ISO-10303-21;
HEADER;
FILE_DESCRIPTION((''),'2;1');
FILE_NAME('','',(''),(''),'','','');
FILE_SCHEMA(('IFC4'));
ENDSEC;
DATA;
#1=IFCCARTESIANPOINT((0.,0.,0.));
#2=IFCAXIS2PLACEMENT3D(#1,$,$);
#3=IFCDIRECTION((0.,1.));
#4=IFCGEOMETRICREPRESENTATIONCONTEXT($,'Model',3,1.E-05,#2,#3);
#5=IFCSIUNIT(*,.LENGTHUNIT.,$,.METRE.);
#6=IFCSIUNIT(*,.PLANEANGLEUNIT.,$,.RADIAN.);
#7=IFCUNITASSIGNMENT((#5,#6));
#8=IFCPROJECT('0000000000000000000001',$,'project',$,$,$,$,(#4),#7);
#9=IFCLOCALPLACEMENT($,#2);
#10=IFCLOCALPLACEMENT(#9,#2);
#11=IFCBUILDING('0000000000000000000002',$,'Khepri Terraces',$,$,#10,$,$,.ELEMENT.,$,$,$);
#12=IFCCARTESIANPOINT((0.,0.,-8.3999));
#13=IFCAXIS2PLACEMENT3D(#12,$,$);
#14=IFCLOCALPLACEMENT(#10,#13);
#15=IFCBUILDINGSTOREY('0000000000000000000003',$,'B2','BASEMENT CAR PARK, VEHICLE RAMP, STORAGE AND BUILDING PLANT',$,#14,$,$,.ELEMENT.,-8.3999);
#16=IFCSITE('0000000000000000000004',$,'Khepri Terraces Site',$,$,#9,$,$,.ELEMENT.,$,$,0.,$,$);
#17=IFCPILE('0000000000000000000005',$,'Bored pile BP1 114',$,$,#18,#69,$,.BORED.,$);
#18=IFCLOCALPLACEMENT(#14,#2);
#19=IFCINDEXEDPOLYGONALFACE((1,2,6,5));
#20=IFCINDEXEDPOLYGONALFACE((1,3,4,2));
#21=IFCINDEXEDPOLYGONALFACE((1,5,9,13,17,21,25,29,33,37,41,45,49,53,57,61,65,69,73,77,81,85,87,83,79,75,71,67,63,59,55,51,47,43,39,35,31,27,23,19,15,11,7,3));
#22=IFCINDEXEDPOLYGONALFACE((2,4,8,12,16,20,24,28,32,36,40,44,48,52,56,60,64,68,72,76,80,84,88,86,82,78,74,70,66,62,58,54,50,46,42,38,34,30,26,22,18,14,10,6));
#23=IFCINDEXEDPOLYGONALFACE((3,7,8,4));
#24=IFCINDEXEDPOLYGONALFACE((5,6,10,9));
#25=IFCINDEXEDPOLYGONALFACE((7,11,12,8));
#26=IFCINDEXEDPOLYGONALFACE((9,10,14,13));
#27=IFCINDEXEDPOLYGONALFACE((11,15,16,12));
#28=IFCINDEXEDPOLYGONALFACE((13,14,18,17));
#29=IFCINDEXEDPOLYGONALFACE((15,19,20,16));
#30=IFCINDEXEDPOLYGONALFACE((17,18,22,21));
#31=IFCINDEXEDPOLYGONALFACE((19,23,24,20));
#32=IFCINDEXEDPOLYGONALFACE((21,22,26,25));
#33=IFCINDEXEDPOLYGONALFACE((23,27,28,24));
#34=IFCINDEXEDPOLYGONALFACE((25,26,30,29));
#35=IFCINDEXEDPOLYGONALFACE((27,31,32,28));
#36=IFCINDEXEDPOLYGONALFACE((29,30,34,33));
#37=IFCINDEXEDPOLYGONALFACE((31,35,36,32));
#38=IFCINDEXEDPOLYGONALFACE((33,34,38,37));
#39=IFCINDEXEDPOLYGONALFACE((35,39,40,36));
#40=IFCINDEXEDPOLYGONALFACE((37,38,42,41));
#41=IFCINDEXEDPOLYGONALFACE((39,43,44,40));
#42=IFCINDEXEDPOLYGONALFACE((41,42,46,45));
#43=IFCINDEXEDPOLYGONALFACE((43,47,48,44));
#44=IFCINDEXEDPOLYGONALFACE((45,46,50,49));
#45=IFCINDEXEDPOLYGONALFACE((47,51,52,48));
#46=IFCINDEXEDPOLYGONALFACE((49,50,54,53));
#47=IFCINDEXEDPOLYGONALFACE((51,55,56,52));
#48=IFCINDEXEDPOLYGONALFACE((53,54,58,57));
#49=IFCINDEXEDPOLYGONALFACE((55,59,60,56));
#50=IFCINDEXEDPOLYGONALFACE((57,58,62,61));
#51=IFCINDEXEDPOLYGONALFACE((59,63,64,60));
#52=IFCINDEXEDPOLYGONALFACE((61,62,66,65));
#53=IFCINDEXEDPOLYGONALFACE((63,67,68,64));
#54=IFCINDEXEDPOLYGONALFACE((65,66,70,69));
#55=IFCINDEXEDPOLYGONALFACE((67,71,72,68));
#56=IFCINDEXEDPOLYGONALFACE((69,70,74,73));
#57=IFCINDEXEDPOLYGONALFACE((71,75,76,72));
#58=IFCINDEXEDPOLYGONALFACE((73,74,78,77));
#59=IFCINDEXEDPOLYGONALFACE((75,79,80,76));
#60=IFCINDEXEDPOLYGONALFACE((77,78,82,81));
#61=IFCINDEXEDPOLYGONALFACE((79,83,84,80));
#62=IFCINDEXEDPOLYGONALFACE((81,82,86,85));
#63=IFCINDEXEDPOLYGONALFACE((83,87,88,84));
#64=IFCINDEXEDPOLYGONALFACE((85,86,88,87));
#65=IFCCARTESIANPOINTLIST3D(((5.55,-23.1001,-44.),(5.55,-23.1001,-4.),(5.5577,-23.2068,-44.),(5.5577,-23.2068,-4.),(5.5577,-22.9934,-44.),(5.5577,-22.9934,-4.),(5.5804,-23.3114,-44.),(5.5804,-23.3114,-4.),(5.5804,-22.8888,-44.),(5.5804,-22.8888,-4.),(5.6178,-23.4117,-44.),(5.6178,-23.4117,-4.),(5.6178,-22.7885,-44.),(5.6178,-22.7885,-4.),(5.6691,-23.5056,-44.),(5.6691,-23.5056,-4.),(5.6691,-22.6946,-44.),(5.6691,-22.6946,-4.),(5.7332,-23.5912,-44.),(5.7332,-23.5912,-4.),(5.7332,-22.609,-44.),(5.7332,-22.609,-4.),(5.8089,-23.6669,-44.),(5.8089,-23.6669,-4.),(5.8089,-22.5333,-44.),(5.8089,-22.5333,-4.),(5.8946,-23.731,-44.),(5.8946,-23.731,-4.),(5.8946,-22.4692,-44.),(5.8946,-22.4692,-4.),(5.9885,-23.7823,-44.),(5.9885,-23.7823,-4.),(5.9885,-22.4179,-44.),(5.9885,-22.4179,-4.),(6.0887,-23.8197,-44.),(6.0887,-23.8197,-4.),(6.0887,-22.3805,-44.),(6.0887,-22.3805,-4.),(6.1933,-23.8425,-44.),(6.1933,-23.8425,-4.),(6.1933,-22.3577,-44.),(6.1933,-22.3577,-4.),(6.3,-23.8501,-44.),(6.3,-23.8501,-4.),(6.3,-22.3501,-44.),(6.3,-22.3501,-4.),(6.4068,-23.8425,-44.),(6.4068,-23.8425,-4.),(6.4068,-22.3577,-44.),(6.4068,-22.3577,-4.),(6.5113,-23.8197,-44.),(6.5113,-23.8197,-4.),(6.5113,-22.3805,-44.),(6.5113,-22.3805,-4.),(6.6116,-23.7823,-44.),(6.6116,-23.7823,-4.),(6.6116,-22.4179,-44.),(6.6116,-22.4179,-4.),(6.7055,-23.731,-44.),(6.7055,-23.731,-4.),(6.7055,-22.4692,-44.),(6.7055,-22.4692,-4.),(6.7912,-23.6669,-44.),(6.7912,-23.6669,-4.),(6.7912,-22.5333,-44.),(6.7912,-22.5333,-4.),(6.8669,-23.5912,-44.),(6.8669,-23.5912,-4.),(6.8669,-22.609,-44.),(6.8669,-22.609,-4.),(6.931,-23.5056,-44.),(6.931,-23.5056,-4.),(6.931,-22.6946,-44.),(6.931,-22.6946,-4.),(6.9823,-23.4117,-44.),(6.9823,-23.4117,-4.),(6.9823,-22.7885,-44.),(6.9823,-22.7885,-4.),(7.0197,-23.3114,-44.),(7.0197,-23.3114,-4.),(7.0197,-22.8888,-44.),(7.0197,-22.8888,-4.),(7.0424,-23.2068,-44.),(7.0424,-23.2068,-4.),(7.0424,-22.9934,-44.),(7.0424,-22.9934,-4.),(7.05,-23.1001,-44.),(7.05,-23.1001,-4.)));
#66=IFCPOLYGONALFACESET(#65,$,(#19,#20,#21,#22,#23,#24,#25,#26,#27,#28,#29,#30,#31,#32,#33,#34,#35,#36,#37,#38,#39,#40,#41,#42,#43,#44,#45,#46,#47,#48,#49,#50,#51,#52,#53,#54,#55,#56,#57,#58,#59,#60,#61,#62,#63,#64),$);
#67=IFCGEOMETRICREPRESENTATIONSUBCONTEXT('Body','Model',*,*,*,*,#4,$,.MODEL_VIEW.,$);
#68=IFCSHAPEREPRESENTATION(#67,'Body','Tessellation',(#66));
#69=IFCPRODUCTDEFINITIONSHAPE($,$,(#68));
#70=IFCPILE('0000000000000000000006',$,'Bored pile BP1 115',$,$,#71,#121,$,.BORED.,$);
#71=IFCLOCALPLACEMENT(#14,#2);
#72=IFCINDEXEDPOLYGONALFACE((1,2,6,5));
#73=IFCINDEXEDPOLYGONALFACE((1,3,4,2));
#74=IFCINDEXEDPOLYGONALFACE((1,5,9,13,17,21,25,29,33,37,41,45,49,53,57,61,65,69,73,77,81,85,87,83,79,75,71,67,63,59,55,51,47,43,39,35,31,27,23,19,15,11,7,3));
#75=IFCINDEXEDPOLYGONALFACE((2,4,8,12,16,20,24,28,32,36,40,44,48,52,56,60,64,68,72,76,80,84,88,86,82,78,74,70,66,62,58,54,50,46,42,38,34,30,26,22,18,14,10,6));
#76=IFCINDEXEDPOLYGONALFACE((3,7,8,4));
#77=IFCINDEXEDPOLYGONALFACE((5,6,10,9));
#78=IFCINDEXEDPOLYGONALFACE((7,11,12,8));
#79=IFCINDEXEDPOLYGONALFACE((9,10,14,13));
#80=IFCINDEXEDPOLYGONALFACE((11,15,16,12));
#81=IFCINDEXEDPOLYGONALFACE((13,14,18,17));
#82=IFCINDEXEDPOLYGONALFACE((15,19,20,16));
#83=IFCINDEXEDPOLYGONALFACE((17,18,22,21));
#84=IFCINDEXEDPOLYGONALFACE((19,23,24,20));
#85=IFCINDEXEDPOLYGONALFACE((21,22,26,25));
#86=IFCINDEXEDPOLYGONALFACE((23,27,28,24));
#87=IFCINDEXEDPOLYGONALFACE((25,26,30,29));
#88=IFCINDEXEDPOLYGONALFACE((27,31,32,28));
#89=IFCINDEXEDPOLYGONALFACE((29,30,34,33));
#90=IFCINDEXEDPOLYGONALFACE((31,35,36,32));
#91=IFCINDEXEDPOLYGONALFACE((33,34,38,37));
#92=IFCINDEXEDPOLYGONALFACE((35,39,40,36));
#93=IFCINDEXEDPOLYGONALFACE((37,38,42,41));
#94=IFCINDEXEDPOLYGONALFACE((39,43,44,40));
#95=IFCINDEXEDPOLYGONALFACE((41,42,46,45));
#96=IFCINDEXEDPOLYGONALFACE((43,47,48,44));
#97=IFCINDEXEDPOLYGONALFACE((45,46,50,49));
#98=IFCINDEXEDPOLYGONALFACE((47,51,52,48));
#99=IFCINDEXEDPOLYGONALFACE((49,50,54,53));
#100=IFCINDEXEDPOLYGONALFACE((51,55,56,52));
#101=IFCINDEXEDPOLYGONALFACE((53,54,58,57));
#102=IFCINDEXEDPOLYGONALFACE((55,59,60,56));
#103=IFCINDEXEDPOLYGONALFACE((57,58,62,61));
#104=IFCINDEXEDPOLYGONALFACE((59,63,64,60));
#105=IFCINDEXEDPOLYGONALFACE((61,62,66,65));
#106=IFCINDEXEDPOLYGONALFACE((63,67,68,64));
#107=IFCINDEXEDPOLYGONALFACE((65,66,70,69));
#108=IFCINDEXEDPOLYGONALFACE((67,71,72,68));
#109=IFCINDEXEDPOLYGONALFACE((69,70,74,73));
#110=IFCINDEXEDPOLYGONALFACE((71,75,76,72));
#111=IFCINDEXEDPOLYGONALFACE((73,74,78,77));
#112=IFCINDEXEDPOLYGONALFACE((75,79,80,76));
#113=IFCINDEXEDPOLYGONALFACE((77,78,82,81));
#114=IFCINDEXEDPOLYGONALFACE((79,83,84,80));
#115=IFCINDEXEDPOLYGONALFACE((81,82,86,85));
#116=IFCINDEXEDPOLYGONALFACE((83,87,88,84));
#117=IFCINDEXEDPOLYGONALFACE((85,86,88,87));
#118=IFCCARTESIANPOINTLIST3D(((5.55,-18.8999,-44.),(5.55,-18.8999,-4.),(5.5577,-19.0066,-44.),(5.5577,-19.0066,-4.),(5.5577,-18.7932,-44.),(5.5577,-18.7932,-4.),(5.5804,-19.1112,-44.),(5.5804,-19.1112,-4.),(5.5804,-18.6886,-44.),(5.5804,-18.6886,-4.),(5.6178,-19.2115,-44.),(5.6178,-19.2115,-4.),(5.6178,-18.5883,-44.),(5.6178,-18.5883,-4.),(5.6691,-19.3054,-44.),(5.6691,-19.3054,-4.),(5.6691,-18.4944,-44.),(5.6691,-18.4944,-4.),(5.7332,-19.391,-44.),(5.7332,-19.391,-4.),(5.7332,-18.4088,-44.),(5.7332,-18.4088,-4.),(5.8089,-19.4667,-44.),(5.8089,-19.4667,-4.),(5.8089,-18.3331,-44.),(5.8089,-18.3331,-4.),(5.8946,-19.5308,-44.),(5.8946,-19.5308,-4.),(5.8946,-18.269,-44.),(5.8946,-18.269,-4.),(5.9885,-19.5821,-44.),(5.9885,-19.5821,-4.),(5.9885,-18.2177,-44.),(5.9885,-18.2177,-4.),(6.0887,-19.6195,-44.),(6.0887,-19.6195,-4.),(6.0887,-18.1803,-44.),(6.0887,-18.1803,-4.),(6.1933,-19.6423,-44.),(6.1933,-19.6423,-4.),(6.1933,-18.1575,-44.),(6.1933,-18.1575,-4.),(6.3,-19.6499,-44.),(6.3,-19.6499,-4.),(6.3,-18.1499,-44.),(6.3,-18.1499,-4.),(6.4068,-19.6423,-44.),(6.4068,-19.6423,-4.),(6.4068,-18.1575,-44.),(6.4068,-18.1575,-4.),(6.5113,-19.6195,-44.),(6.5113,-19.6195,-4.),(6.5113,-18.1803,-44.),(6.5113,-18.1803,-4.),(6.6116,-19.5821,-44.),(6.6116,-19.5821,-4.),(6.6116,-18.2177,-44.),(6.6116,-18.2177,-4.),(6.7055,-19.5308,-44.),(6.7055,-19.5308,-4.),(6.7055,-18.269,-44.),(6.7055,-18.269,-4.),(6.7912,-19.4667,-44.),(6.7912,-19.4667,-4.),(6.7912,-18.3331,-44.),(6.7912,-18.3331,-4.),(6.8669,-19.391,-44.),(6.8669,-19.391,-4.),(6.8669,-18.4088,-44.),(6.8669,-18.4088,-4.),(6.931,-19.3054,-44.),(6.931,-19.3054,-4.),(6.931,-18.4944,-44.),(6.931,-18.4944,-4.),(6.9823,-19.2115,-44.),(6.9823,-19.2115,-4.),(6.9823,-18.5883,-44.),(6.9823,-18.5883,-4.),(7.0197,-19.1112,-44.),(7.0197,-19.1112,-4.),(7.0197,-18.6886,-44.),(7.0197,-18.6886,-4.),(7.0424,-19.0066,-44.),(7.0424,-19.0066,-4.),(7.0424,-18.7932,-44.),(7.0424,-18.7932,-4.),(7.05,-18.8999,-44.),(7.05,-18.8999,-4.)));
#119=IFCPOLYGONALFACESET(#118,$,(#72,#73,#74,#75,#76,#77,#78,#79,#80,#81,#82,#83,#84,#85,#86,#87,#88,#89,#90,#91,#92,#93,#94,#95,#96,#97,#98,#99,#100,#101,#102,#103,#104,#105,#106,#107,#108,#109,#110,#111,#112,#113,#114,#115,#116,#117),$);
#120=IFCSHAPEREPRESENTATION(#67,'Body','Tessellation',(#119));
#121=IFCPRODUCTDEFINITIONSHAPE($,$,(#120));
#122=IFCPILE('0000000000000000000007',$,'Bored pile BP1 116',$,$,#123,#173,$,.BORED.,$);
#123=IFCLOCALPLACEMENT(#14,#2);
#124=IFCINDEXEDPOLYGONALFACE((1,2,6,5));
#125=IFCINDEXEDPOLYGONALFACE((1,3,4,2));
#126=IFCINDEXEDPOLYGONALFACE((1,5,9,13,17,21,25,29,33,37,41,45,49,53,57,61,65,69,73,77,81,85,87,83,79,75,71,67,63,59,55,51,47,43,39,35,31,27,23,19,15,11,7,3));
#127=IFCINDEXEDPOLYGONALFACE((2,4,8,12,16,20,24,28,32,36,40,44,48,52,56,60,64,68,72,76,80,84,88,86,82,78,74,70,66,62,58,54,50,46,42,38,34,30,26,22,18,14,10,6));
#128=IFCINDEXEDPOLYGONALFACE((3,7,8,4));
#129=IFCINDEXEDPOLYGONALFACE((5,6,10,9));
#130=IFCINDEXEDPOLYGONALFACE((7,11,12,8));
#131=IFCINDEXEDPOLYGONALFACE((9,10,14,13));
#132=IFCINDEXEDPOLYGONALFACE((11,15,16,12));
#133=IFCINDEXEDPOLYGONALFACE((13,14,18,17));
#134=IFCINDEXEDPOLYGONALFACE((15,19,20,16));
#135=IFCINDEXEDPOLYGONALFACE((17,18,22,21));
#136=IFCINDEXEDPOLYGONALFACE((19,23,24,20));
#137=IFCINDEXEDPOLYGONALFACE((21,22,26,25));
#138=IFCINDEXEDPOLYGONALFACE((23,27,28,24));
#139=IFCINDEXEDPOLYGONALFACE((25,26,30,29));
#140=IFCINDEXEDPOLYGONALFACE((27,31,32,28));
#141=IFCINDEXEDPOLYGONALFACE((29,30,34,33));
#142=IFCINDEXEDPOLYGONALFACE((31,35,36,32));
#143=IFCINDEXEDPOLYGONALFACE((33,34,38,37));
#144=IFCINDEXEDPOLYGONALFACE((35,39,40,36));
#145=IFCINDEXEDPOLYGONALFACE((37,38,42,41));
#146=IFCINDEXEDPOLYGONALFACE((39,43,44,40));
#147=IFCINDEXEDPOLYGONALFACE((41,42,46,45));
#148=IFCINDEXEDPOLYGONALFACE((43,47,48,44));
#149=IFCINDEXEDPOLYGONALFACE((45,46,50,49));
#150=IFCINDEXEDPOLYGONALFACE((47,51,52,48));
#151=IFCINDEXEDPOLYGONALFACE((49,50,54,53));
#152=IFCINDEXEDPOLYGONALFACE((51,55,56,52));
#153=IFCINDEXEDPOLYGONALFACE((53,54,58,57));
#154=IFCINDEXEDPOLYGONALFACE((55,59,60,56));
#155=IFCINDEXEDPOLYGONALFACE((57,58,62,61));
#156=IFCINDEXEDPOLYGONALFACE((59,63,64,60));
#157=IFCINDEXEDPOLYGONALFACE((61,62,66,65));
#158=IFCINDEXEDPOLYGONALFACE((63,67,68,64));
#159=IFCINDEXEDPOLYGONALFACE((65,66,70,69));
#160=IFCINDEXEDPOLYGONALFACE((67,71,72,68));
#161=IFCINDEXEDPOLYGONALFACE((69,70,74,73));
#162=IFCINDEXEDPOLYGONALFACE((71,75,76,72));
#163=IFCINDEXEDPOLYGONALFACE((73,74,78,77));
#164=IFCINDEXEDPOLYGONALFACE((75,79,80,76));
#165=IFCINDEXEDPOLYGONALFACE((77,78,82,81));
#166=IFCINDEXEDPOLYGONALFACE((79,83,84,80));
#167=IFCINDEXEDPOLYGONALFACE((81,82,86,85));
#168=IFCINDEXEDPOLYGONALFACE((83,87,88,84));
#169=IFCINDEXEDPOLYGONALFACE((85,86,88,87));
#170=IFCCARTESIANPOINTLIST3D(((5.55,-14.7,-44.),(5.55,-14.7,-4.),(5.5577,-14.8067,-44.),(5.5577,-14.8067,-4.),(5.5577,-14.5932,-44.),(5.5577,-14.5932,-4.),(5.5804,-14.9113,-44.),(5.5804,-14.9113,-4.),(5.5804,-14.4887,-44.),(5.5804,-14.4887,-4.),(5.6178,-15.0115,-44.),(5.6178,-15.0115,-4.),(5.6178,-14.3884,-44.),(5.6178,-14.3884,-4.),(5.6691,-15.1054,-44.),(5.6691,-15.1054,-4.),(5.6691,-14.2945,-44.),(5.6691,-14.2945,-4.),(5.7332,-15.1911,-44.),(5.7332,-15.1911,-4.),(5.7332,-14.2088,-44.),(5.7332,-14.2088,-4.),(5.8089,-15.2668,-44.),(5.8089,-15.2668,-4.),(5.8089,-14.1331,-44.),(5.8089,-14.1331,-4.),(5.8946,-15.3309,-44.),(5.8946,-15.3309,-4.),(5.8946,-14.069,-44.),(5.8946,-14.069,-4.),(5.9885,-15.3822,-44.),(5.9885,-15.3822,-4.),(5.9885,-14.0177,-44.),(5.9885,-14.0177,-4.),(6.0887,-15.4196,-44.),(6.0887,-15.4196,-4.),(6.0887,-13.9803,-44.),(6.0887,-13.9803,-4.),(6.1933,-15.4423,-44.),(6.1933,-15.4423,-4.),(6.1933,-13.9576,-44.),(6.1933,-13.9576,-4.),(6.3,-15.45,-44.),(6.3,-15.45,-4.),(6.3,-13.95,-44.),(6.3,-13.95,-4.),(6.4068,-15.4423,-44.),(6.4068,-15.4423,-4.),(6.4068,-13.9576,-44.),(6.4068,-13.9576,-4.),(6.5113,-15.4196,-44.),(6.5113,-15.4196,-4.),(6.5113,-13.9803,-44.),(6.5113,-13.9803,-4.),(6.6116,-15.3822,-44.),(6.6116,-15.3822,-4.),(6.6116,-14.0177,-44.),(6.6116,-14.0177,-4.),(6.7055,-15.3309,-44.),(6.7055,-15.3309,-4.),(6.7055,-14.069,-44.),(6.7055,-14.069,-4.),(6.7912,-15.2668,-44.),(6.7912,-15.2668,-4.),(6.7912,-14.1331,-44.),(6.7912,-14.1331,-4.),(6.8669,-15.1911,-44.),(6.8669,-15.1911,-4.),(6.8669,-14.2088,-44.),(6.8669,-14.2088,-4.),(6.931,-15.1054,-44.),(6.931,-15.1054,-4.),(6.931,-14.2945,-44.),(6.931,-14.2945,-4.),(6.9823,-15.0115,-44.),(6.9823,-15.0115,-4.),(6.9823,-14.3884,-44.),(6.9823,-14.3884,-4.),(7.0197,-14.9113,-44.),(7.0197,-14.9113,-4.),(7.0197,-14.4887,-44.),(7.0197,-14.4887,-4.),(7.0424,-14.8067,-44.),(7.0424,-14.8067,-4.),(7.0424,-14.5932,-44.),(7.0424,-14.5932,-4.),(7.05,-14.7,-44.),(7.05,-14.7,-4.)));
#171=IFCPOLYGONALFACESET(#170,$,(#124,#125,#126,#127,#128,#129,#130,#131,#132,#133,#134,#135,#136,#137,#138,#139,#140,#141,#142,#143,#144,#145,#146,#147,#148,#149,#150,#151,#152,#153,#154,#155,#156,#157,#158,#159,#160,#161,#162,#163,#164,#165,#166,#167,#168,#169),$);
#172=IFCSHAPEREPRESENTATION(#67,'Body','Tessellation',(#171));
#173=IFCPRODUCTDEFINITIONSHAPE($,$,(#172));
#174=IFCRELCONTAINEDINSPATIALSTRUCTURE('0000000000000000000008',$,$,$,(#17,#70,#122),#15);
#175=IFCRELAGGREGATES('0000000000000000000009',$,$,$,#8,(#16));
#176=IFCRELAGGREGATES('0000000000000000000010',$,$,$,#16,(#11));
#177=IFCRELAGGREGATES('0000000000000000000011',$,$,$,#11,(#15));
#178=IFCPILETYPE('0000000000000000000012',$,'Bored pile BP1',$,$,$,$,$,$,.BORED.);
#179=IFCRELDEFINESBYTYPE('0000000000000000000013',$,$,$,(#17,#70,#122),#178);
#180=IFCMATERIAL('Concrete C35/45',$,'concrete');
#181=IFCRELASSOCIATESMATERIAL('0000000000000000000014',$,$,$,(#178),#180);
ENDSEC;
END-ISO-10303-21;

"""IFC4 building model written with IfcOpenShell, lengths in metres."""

from ifc_helpers import new_model, si_unit, direction, frame, origin, origin_2d, place, context, subcontext, project, spatial, circle, extrude, material, material_profile, profile_set, type_object, element, save


model = new_model("IFC4")

# Units and contexts
model_context = context("Model", 3, precision=1e-05, world=origin(), true_north=direction((0.0, 1.0)))
body_context = subcontext(model_context, "Body", "Model", "MODEL_VIEW")
ifc_project = project(units=[si_unit("LENGTHUNIT", "METRE"), si_unit("PLANEANGLEUNIT", "RADIAN")], contexts=[model_context])

# Site, building, storey
site_placement = place(None, origin())
site = spatial("IfcSite", under=ifc_project, at=site_placement, Name="Khepri Terraces Site", CompositionType="ELEMENT", RefElevation=0.0)
building_placement = place(site_placement, origin())
building = spatial("IfcBuilding", under=site, at=building_placement, Name="Khepri Terraces", CompositionType="ELEMENT")
storey_placement = place(building_placement, frame((0.0, 0.0, -8.3999)))
storey = spatial("IfcBuildingStorey", under=building, at=storey_placement, Name="B2", Description="BASEMENT CAR PARK, VEHICLE RAMP, STORAGE AND BUILDING PLANT", CompositionType="ELEMENT", Elevation=-8.3999)

# Piles
ifc_material_1 = material(Name="Concrete C35/45", Category="concrete")
ifc_material_profile_1 = material_profile(ifc_material_1, circle(Radius=0.75, at=origin_2d()), Name="Concrete C35/45", Category="concrete")
ifc_profile_set_1 = profile_set([ifc_material_profile_1], Name="Concrete C35/45")
pile_type = type_object("IfcPileType", Name="Bored pile BP1", PredefinedType="BORED", material=ifc_profile_set_1)
for number, where, z_axis, x_axis, name in (
    (1, (6.3, -23.1001, -4.0), (0.0, 0.0, -1.0), (1.0, 0.0, 0.0), "Bored pile BP1 114"),
    (2, (6.3, -18.8999, -4.0), (0.0, 0.0, -1.0), (1.0, 0.0, 0.0), "Bored pile BP1 115"),
    (3, (6.3, -14.7, -4.0), (0.0, 0.0, -1.0), (1.0, 0.0, 0.0), "Bored pile BP1 116"),
):
    element("IfcPile", number, at=place(storey_placement, frame(where, z_axis=z_axis, x_axis=x_axis)), inside=storey, type_object=pile_type, Name=name, PredefinedType="BORED", context=body_context, shape_type="SweptSolid", body=[
        extrude(circle(Radius=0.75, at=origin_2d()), origin(), (0.0, 0.0, 1.0), 40.0),
    ])

save(model, "model.ifc")
